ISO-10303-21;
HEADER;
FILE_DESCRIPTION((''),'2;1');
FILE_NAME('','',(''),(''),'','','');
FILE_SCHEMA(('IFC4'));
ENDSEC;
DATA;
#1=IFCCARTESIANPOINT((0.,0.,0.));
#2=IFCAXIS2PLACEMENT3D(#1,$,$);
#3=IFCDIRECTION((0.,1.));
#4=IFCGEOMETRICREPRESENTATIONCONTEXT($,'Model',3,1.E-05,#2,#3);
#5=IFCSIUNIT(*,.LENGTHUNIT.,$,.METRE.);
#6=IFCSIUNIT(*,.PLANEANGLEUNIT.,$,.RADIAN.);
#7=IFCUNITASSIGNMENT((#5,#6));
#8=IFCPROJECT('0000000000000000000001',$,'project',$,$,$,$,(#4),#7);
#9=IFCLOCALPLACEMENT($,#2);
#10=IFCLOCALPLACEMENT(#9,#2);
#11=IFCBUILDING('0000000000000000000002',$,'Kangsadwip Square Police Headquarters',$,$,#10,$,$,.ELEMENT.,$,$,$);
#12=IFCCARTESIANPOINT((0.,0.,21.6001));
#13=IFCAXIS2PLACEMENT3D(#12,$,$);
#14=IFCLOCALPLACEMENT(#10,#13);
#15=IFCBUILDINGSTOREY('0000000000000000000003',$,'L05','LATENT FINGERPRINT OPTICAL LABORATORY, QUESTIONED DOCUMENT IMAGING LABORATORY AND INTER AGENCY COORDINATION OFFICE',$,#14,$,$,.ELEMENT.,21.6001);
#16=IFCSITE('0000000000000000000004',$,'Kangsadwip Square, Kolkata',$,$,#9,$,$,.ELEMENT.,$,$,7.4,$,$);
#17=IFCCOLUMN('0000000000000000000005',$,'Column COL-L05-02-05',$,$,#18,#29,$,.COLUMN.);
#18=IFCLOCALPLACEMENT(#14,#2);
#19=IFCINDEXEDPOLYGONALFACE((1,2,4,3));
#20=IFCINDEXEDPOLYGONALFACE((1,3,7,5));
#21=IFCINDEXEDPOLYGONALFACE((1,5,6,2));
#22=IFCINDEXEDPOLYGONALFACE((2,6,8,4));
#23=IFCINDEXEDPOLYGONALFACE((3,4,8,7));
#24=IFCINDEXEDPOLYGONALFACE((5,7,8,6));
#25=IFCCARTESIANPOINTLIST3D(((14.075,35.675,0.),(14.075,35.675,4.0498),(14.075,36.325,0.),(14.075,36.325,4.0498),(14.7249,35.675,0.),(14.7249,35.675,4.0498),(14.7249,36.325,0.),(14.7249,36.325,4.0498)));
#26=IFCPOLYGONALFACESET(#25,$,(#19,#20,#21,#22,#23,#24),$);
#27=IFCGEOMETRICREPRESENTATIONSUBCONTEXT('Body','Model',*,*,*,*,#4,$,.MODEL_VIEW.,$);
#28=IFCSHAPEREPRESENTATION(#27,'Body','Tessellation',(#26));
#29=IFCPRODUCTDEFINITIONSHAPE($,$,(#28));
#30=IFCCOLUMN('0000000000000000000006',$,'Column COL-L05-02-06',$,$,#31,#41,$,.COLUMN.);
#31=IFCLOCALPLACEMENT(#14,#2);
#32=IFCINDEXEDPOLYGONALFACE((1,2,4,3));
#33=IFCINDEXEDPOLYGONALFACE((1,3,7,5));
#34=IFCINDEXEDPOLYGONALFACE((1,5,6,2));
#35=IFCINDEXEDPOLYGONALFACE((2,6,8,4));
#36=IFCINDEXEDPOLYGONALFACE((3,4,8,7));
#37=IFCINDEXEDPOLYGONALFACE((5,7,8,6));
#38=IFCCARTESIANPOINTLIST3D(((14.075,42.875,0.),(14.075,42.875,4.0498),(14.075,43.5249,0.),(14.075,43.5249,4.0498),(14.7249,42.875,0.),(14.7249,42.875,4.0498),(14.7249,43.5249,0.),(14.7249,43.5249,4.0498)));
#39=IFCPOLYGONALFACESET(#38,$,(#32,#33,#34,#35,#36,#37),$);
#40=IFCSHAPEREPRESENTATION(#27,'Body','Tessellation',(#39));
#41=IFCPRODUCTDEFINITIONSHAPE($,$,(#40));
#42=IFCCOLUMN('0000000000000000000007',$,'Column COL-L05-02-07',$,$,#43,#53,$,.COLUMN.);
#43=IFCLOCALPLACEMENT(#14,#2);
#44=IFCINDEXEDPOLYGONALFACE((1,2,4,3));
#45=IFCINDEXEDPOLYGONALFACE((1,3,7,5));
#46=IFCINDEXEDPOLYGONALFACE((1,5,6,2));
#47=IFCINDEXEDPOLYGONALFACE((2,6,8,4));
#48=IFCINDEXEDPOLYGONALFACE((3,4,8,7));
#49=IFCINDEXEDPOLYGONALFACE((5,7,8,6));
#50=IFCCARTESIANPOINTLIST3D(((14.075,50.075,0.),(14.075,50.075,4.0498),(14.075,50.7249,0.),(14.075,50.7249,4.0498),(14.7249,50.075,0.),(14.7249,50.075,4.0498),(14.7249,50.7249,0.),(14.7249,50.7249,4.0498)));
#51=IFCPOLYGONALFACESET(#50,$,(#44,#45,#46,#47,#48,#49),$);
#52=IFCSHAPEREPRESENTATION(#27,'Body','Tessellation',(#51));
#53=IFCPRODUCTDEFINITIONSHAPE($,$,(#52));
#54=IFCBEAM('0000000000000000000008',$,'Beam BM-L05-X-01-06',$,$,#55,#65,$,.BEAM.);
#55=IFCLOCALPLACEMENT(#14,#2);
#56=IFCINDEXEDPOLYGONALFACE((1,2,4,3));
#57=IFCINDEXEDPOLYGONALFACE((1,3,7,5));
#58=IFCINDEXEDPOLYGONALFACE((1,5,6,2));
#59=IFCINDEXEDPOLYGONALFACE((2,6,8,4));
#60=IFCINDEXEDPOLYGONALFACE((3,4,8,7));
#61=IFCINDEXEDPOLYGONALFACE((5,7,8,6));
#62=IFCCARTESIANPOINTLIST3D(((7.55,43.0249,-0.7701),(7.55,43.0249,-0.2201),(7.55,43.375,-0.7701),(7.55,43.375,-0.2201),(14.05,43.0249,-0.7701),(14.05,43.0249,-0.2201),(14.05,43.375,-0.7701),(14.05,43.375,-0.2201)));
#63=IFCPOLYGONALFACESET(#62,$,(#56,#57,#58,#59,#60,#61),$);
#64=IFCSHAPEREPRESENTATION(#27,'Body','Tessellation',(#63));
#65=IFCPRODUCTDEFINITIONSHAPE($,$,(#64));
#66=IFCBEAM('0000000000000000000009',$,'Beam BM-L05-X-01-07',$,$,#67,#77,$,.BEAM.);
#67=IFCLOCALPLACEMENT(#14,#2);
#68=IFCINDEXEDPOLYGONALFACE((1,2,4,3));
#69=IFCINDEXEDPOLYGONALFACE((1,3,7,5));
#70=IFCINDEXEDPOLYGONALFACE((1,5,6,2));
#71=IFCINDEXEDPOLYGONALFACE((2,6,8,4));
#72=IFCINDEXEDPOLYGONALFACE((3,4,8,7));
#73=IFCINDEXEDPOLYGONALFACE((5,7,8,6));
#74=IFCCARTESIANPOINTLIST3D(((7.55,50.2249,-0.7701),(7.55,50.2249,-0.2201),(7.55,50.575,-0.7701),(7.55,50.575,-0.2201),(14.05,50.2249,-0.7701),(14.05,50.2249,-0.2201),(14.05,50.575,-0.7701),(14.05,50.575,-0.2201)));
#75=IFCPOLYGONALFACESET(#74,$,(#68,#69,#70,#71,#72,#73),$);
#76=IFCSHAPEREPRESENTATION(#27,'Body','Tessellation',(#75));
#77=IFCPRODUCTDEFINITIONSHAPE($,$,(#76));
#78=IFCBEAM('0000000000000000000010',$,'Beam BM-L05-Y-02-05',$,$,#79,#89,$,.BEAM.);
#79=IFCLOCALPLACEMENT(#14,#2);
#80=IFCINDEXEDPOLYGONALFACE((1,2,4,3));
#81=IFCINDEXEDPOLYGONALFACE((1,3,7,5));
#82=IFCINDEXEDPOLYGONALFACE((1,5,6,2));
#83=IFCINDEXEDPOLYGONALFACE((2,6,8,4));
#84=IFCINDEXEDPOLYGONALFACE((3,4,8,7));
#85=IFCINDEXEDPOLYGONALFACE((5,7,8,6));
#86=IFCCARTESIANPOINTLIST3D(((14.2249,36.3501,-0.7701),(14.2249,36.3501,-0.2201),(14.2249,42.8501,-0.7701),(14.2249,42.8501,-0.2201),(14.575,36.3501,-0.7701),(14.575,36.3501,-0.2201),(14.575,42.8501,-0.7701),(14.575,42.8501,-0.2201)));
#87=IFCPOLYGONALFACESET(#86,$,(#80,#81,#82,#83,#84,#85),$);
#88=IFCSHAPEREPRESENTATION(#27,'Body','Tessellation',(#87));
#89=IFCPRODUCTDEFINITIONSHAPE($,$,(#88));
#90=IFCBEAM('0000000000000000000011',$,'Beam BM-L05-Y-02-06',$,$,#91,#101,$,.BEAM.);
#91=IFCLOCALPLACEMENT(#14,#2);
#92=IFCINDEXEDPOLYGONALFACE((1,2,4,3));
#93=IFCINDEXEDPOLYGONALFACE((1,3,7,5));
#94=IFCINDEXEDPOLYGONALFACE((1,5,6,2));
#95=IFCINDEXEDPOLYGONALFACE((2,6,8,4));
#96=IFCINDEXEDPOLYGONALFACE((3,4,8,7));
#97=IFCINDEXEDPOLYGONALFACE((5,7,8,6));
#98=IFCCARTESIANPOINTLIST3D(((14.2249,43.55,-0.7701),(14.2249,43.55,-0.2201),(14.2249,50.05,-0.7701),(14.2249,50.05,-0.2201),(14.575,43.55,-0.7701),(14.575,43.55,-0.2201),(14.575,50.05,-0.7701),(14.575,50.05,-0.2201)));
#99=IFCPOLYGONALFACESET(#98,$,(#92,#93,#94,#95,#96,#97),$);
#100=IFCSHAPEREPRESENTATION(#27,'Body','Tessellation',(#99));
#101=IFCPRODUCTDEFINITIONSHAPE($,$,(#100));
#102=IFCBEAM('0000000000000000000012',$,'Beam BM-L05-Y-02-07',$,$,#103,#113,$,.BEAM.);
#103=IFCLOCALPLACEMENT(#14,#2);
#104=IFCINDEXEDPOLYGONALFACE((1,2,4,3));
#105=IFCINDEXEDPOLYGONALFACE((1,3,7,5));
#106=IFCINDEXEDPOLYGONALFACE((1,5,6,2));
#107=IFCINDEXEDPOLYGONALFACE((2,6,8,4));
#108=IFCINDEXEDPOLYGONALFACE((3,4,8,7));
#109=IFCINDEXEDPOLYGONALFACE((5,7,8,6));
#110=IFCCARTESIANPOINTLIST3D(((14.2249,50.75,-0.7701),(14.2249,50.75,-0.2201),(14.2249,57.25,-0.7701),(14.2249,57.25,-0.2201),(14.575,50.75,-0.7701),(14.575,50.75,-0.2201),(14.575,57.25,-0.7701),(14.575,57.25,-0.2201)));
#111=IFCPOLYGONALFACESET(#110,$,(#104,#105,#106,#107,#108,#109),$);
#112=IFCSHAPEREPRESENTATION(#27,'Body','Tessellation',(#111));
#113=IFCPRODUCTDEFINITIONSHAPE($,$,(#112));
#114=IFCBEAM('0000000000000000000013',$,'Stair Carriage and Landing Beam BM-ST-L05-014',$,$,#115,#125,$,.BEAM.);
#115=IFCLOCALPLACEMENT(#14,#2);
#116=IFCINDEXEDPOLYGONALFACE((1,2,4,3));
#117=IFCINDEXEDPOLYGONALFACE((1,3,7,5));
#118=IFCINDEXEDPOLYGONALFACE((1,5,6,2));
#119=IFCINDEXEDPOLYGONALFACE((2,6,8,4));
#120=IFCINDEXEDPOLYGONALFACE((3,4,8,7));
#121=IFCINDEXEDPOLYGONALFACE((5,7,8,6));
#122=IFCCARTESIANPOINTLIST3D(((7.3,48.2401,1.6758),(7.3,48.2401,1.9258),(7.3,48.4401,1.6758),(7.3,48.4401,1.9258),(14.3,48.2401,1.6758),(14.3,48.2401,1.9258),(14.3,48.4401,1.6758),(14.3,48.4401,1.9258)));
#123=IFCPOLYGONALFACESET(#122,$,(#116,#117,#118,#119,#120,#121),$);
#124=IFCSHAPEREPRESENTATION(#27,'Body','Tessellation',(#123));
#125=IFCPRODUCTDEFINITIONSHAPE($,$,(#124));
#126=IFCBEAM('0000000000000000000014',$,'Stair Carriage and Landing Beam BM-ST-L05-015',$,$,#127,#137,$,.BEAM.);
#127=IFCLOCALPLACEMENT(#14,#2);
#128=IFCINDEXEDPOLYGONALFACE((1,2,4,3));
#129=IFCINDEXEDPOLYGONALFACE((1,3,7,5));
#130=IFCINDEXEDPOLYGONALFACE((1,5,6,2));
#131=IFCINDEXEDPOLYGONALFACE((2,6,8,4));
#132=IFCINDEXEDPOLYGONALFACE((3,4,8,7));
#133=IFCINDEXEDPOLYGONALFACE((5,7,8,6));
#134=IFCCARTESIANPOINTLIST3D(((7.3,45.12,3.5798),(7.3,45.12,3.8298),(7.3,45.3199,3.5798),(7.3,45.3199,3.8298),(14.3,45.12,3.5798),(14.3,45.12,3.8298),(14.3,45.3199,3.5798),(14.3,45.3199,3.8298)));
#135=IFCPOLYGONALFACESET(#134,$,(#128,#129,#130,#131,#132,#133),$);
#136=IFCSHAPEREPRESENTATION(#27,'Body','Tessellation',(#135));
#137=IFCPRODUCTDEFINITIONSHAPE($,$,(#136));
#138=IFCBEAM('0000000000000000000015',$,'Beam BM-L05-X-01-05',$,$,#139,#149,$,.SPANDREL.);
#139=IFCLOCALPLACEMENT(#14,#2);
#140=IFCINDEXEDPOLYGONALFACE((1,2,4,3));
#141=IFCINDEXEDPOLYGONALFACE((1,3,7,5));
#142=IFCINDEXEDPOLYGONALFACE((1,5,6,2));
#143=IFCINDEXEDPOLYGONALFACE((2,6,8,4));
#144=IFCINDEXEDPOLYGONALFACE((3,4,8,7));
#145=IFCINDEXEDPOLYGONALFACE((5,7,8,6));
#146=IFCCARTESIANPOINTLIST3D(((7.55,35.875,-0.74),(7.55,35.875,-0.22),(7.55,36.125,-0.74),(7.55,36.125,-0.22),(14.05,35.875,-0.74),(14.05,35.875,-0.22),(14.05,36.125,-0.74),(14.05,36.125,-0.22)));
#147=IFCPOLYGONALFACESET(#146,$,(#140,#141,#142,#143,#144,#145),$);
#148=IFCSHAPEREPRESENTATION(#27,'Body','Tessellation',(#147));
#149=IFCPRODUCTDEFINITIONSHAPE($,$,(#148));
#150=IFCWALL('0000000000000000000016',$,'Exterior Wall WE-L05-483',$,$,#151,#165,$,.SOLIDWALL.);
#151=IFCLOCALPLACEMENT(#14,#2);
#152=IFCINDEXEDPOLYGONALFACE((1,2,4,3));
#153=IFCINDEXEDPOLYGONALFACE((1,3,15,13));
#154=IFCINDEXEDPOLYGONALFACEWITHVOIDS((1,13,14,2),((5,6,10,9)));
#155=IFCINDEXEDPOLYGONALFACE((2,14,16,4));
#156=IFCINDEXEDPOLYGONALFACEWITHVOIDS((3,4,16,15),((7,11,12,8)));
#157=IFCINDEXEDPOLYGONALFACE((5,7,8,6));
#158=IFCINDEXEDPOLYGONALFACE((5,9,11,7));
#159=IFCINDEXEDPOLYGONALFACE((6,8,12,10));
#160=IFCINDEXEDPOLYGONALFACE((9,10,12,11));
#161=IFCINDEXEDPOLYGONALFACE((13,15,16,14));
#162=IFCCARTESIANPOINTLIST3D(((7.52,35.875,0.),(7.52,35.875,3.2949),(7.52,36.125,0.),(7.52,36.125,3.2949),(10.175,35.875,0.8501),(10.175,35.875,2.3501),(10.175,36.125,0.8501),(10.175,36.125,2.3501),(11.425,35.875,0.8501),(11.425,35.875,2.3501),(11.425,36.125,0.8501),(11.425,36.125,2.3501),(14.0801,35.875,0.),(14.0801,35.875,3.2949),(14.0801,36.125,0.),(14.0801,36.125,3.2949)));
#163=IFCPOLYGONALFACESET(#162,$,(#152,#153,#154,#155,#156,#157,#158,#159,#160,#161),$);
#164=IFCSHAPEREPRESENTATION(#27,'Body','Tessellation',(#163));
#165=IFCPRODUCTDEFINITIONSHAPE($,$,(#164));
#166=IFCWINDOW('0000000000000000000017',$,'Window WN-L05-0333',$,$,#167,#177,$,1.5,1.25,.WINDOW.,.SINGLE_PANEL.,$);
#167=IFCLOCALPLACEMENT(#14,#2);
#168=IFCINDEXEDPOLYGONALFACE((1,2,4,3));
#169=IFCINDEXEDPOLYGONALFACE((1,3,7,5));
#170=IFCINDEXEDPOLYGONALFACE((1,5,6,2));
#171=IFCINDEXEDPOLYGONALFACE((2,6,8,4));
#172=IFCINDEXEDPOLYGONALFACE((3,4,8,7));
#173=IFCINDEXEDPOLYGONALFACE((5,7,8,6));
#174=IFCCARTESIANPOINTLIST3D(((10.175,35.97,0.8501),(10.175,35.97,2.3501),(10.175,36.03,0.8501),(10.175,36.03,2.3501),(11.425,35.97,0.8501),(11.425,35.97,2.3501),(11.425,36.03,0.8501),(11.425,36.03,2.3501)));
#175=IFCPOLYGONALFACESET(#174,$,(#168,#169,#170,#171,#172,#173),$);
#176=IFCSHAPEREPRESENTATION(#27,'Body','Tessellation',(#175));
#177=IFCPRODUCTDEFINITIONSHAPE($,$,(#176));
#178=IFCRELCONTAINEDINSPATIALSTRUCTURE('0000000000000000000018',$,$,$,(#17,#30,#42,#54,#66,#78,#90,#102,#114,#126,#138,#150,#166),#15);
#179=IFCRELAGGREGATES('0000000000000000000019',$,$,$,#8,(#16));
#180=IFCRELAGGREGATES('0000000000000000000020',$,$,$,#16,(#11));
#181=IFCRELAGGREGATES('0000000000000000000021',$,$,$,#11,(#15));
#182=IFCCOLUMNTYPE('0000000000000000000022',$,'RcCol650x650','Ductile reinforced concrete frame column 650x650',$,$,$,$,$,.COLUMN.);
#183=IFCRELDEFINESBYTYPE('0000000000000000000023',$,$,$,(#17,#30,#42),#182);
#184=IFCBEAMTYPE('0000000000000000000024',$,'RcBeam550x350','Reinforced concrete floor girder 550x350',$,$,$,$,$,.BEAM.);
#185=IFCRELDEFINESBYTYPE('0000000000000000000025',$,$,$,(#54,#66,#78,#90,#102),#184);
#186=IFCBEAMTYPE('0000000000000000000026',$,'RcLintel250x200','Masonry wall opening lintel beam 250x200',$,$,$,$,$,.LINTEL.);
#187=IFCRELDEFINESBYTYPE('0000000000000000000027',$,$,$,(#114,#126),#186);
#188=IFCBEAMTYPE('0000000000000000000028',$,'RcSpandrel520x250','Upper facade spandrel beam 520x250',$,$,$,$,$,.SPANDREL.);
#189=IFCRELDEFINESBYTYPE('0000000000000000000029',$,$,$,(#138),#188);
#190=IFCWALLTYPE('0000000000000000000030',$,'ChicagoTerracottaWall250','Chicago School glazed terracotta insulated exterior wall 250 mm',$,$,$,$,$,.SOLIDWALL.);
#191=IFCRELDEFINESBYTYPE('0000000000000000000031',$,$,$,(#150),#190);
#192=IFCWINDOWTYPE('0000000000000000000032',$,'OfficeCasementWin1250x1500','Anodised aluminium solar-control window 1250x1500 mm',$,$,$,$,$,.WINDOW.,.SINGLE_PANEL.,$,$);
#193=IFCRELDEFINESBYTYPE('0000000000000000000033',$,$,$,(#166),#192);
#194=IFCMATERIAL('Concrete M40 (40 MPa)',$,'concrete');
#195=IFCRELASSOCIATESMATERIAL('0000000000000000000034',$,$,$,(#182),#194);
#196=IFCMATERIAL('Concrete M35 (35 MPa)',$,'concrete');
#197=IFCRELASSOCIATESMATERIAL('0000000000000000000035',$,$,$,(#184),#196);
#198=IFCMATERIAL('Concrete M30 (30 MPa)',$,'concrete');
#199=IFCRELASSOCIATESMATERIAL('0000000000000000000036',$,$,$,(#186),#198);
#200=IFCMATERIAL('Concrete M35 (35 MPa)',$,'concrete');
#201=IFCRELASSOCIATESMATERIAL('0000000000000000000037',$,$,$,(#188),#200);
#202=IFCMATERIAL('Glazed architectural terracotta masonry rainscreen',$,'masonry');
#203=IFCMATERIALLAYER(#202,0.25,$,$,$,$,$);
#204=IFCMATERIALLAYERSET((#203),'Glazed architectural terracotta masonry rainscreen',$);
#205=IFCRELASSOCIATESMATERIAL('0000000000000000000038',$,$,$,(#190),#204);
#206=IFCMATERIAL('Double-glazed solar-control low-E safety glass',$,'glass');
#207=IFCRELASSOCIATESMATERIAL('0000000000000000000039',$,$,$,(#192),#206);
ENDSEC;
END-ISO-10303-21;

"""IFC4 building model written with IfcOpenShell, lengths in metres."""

from ifc_helpers import new_model, si_unit, direction, frame, frame_2d, origin, origin_2d, place, context, subcontext, project, spatial, rectangle, extrude, material, layer, layer_set, material_profile, profile_set, type_object, element, fill, save


model = new_model("IFC4")

# Units and contexts
model_context = context("Model", 3, precision=1e-05, world=origin(), true_north=direction((0.0, 1.0)))
body_context = subcontext(model_context, "Body", "Model", "MODEL_VIEW")
ifc_project = project(units=[si_unit("LENGTHUNIT", "METRE"), si_unit("PLANEANGLEUNIT", "RADIAN")], contexts=[model_context])

# Site, building, storey
site_placement = place(None, origin())
site = spatial("IfcSite", under=ifc_project, at=site_placement, Name="Kangsadwip Square, Kolkata", CompositionType="ELEMENT", RefElevation=7.4)
building_placement = place(site_placement, origin())
building = spatial("IfcBuilding", under=site, at=building_placement, Name="Kangsadwip Square Police Headquarters", CompositionType="ELEMENT")
storey_placement = place(building_placement, frame((0.0, 0.0, 21.6001)))
storey = spatial("IfcBuildingStorey", under=building, at=storey_placement, Name="L05", Description="LATENT FINGERPRINT OPTICAL LABORATORY, QUESTIONED DOCUMENT IMAGING LABORATORY AND INTER AGENCY COORDINATION OFFICE", CompositionType="ELEMENT", Elevation=21.6001)

# Columns
ifc_material_1 = material(Name="Concrete M40 (40 MPa)", Category="concrete")
ifc_material_profile_1 = material_profile(ifc_material_1, rectangle(XDim=0.6499, YDim=0.6499, at=origin_2d()), Name="RC COL 650X650")
ifc_profile_set_1 = profile_set([ifc_material_profile_1], Name="Concrete M40 (40 MPa)")
column_type = type_object("IfcColumnType", Name="RcCol650x650", Description="Ductile reinforced concrete frame column 650x650", PredefinedType="COLUMN", material=ifc_profile_set_1)
for number, where, z_axis, x_axis, name in (
    (1, (14.3999, 36.0, 0.0), (0.0, 0.0, 1.0), (1.0, 0.0, 0.0), "Column COL-L05-02-05"),
    (2, (14.3999, 43.2, 0.0), (0.0, 0.0, 1.0), (1.0, 0.0, 0.0), "Column COL-L05-02-06"),
    (3, (14.3999, 50.3999, 0.0), (0.0, 0.0, 1.0), (1.0, 0.0, 0.0), "Column COL-L05-02-07"),
):
    element("IfcColumn", number, at=place(storey_placement, frame(where, z_axis=z_axis, x_axis=x_axis)), inside=storey, type_object=column_type, Name=name, PredefinedType="COLUMN", context=body_context, shape_type="SweptSolid", body=[
        extrude(rectangle(XDim=0.6499, YDim=0.6499, at=origin_2d()), origin(), (0.0, 0.0, 1.0), 4.0498),
    ])

# Beams
ifc_material_2 = material(Name="Concrete M35 (35 MPa)", Category="concrete")
ifc_material_profile_2 = material_profile(ifc_material_2, rectangle(XDim=0.3501, YDim=0.55, at=origin_2d()), Name="RC BM 550X350")
ifc_profile_set_2 = profile_set([ifc_material_profile_2], Name="Concrete M35 (35 MPa)")
beam_type_1 = type_object("IfcBeamType", Name="RcBeam550x350", Description="Reinforced concrete floor girder 550x350", PredefinedType="BEAM", material=ifc_profile_set_2)
for number, where, z_axis, x_axis, name in (
    (4, (7.55, 43.2, -0.4951), (1.0, 0.0, 0.0), (0.0, 1.0, 0.0), "Beam BM-L05-X-01-06"),
    (5, (7.55, 50.3999, -0.4951), (1.0, 0.0, 0.0), (0.0, 1.0, 0.0), "Beam BM-L05-X-01-07"),
    (6, (14.3999, 36.3501, -0.4951), (0.0, 1.0, 0.0), (-1.0, 0.0, 0.0), "Beam BM-L05-Y-02-05"),
    (7, (14.3999, 43.55, -0.4951), (0.0, 1.0, 0.0), (-1.0, 0.0, 0.0), "Beam BM-L05-Y-02-06"),
    (8, (14.3999, 50.75, -0.4951), (0.0, 1.0, 0.0), (-1.0, 0.0, 0.0), "Beam BM-L05-Y-02-07"),
):
    element("IfcBeam", number, at=place(storey_placement, frame(where, z_axis=z_axis, x_axis=x_axis)), inside=storey, type_object=beam_type_1, Name=name, PredefinedType="BEAM", context=body_context, shape_type="SweptSolid", body=[
        extrude(rectangle(XDim=0.3501, YDim=0.55, at=origin_2d()), origin(), (0.0, 0.0, 1.0), 6.5),
    ])
ifc_material_3 = material(Name="Concrete M30 (30 MPa)", Category="concrete")
ifc_material_profile_3 = material_profile(ifc_material_3, rectangle(XDim=0.2, YDim=0.25, at=origin_2d()), Name="RC LNT 250X200")
ifc_profile_set_3 = profile_set([ifc_material_profile_3], Name="Concrete M30 (30 MPa)")
beam_type_2 = type_object("IfcBeamType", Name="RcLintel250x200", Description="Masonry wall opening lintel beam 250x200", PredefinedType="LINTEL", material=ifc_profile_set_3)
for number, where, z_axis, x_axis, name in (
    (9, (7.3, 48.3401, 1.8008), (1.0, 0.0, 0.0), (0.0, 1.0, 0.0), "Stair Carriage and Landing Beam BM-ST-L05-014"),
    (10, (7.3, 45.22, 3.7048), (1.0, 0.0, 0.0), (0.0, 1.0, 0.0), "Stair Carriage and Landing Beam BM-ST-L05-015"),
):
    element("IfcBeam", number, at=place(storey_placement, frame(where, z_axis=z_axis, x_axis=x_axis)), inside=storey, type_object=beam_type_2, Name=name, PredefinedType="BEAM", context=body_context, shape_type="SweptSolid", body=[
        extrude(rectangle(XDim=0.2, YDim=0.25, at=origin_2d()), origin(), (0.0, 0.0, 1.0), 7.0),
    ])
ifc_material_4 = material(Name="Concrete M35 (35 MPa)", Category="concrete")
ifc_material_profile_4 = material_profile(ifc_material_4, rectangle(XDim=0.25, YDim=0.52, at=origin_2d()), Name="RC SPN 520X250")
ifc_profile_set_4 = profile_set([ifc_material_profile_4], Name="Concrete M35 (35 MPa)")
beam_type_3 = type_object("IfcBeamType", Name="RcSpandrel520x250", Description="Upper facade spandrel beam 520x250", PredefinedType="SPANDREL", material=ifc_profile_set_4)
beam_placement = place(storey_placement, frame((7.55, 36.0, -0.48), z_axis=(1.0, 0.0, 0.0), x_axis=(0.0, 1.0, 0.0)))
element("IfcBeam", 11, at=beam_placement, inside=storey, type_object=beam_type_3, Name="Beam BM-L05-X-01-05", PredefinedType="SPANDREL", context=body_context, shape_type="SweptSolid", body=[
    extrude(rectangle(XDim=0.25, YDim=0.52, at=origin_2d()), origin(), (0.0, 0.0, 1.0), 6.5),
])

# Wall, opening, window
ifc_material_5 = material(Name="Glazed architectural terracotta masonry rainscreen", Category="masonry")
ifc_layer_1 = layer(ifc_material_5, 0.25)
ifc_layer_set_1 = layer_set([ifc_layer_1], Name="Glazed architectural terracotta masonry rainscreen")
wall_type_1 = type_object("IfcWallType", Name="ChicagoTerracottaWall250", Description="Chicago School glazed terracotta insulated exterior wall 250 mm", PredefinedType="SOLIDWALL", material=ifc_layer_set_1)
wall_1_placement = place(storey_placement, frame((7.52, 36.0, 0.0), z_axis=(0.0, 0.0, 1.0), x_axis=(1.0, 0.0, 0.0)))
wall_1 = element("IfcWall", 12, at=wall_1_placement, inside=storey, type_object=wall_type_1, Name="Exterior Wall WE-L05-483", PredefinedType="SOLIDWALL", context=body_context, shape_type="SweptSolid", body=[
    extrude(rectangle(XDim=6.5601, YDim=0.25, at=frame_2d((3.28, 0.0))), origin(), (0.0, 0.0, 1.0), 3.2949),
])
opening_1_placement = place(wall_1_placement, frame((2.655, 0.0, 0.8501)))
opening_1 = element("IfcOpeningElement", 13, at=opening_1_placement, cuts=wall_1, PredefinedType="OPENING", context=body_context, shape_type="SweptSolid", body=[
    extrude(rectangle(XDim=1.25, YDim=1.5, at=frame_2d((0.625, 0.75))), frame((0.0, 0.135, 0.0), z_axis=(0.0, -1.0, 0.0), x_axis=(1.0, 0.0, 0.0)), (0.0, 0.0, 1.0), 0.27),
])
ifc_material_6 = material(Name="Double-glazed solar-control low-E safety glass", Category="glass")
window_type = type_object("IfcWindowType", Name="OfficeCasementWin1250x1500", Description="Anodised aluminium solar-control window 1250x1500 mm", PartitioningType="SINGLE_PANEL", PredefinedType="WINDOW", material=ifc_material_6)
window_placement = place(opening_1_placement, origin())
window = element("IfcWindow", 14, at=window_placement, inside=storey, type_object=window_type, Name="Window WN-L05-0333", OverallHeight=1.5, OverallWidth=1.25, PartitioningType="SINGLE_PANEL", PredefinedType="WINDOW", context=body_context, shape_type="SweptSolid", body=[
    extrude(rectangle(XDim=1.25, YDim=1.5, at=frame_2d((0.625, 0.75))), frame((0.0, 0.03, 0.0), z_axis=(0.0, -1.0, 0.0), x_axis=(1.0, 0.0, 0.0)), (0.0, 0.0, 1.0), 0.0601),
])
fill(opening_1, window)

save(model, "model.ifc")
